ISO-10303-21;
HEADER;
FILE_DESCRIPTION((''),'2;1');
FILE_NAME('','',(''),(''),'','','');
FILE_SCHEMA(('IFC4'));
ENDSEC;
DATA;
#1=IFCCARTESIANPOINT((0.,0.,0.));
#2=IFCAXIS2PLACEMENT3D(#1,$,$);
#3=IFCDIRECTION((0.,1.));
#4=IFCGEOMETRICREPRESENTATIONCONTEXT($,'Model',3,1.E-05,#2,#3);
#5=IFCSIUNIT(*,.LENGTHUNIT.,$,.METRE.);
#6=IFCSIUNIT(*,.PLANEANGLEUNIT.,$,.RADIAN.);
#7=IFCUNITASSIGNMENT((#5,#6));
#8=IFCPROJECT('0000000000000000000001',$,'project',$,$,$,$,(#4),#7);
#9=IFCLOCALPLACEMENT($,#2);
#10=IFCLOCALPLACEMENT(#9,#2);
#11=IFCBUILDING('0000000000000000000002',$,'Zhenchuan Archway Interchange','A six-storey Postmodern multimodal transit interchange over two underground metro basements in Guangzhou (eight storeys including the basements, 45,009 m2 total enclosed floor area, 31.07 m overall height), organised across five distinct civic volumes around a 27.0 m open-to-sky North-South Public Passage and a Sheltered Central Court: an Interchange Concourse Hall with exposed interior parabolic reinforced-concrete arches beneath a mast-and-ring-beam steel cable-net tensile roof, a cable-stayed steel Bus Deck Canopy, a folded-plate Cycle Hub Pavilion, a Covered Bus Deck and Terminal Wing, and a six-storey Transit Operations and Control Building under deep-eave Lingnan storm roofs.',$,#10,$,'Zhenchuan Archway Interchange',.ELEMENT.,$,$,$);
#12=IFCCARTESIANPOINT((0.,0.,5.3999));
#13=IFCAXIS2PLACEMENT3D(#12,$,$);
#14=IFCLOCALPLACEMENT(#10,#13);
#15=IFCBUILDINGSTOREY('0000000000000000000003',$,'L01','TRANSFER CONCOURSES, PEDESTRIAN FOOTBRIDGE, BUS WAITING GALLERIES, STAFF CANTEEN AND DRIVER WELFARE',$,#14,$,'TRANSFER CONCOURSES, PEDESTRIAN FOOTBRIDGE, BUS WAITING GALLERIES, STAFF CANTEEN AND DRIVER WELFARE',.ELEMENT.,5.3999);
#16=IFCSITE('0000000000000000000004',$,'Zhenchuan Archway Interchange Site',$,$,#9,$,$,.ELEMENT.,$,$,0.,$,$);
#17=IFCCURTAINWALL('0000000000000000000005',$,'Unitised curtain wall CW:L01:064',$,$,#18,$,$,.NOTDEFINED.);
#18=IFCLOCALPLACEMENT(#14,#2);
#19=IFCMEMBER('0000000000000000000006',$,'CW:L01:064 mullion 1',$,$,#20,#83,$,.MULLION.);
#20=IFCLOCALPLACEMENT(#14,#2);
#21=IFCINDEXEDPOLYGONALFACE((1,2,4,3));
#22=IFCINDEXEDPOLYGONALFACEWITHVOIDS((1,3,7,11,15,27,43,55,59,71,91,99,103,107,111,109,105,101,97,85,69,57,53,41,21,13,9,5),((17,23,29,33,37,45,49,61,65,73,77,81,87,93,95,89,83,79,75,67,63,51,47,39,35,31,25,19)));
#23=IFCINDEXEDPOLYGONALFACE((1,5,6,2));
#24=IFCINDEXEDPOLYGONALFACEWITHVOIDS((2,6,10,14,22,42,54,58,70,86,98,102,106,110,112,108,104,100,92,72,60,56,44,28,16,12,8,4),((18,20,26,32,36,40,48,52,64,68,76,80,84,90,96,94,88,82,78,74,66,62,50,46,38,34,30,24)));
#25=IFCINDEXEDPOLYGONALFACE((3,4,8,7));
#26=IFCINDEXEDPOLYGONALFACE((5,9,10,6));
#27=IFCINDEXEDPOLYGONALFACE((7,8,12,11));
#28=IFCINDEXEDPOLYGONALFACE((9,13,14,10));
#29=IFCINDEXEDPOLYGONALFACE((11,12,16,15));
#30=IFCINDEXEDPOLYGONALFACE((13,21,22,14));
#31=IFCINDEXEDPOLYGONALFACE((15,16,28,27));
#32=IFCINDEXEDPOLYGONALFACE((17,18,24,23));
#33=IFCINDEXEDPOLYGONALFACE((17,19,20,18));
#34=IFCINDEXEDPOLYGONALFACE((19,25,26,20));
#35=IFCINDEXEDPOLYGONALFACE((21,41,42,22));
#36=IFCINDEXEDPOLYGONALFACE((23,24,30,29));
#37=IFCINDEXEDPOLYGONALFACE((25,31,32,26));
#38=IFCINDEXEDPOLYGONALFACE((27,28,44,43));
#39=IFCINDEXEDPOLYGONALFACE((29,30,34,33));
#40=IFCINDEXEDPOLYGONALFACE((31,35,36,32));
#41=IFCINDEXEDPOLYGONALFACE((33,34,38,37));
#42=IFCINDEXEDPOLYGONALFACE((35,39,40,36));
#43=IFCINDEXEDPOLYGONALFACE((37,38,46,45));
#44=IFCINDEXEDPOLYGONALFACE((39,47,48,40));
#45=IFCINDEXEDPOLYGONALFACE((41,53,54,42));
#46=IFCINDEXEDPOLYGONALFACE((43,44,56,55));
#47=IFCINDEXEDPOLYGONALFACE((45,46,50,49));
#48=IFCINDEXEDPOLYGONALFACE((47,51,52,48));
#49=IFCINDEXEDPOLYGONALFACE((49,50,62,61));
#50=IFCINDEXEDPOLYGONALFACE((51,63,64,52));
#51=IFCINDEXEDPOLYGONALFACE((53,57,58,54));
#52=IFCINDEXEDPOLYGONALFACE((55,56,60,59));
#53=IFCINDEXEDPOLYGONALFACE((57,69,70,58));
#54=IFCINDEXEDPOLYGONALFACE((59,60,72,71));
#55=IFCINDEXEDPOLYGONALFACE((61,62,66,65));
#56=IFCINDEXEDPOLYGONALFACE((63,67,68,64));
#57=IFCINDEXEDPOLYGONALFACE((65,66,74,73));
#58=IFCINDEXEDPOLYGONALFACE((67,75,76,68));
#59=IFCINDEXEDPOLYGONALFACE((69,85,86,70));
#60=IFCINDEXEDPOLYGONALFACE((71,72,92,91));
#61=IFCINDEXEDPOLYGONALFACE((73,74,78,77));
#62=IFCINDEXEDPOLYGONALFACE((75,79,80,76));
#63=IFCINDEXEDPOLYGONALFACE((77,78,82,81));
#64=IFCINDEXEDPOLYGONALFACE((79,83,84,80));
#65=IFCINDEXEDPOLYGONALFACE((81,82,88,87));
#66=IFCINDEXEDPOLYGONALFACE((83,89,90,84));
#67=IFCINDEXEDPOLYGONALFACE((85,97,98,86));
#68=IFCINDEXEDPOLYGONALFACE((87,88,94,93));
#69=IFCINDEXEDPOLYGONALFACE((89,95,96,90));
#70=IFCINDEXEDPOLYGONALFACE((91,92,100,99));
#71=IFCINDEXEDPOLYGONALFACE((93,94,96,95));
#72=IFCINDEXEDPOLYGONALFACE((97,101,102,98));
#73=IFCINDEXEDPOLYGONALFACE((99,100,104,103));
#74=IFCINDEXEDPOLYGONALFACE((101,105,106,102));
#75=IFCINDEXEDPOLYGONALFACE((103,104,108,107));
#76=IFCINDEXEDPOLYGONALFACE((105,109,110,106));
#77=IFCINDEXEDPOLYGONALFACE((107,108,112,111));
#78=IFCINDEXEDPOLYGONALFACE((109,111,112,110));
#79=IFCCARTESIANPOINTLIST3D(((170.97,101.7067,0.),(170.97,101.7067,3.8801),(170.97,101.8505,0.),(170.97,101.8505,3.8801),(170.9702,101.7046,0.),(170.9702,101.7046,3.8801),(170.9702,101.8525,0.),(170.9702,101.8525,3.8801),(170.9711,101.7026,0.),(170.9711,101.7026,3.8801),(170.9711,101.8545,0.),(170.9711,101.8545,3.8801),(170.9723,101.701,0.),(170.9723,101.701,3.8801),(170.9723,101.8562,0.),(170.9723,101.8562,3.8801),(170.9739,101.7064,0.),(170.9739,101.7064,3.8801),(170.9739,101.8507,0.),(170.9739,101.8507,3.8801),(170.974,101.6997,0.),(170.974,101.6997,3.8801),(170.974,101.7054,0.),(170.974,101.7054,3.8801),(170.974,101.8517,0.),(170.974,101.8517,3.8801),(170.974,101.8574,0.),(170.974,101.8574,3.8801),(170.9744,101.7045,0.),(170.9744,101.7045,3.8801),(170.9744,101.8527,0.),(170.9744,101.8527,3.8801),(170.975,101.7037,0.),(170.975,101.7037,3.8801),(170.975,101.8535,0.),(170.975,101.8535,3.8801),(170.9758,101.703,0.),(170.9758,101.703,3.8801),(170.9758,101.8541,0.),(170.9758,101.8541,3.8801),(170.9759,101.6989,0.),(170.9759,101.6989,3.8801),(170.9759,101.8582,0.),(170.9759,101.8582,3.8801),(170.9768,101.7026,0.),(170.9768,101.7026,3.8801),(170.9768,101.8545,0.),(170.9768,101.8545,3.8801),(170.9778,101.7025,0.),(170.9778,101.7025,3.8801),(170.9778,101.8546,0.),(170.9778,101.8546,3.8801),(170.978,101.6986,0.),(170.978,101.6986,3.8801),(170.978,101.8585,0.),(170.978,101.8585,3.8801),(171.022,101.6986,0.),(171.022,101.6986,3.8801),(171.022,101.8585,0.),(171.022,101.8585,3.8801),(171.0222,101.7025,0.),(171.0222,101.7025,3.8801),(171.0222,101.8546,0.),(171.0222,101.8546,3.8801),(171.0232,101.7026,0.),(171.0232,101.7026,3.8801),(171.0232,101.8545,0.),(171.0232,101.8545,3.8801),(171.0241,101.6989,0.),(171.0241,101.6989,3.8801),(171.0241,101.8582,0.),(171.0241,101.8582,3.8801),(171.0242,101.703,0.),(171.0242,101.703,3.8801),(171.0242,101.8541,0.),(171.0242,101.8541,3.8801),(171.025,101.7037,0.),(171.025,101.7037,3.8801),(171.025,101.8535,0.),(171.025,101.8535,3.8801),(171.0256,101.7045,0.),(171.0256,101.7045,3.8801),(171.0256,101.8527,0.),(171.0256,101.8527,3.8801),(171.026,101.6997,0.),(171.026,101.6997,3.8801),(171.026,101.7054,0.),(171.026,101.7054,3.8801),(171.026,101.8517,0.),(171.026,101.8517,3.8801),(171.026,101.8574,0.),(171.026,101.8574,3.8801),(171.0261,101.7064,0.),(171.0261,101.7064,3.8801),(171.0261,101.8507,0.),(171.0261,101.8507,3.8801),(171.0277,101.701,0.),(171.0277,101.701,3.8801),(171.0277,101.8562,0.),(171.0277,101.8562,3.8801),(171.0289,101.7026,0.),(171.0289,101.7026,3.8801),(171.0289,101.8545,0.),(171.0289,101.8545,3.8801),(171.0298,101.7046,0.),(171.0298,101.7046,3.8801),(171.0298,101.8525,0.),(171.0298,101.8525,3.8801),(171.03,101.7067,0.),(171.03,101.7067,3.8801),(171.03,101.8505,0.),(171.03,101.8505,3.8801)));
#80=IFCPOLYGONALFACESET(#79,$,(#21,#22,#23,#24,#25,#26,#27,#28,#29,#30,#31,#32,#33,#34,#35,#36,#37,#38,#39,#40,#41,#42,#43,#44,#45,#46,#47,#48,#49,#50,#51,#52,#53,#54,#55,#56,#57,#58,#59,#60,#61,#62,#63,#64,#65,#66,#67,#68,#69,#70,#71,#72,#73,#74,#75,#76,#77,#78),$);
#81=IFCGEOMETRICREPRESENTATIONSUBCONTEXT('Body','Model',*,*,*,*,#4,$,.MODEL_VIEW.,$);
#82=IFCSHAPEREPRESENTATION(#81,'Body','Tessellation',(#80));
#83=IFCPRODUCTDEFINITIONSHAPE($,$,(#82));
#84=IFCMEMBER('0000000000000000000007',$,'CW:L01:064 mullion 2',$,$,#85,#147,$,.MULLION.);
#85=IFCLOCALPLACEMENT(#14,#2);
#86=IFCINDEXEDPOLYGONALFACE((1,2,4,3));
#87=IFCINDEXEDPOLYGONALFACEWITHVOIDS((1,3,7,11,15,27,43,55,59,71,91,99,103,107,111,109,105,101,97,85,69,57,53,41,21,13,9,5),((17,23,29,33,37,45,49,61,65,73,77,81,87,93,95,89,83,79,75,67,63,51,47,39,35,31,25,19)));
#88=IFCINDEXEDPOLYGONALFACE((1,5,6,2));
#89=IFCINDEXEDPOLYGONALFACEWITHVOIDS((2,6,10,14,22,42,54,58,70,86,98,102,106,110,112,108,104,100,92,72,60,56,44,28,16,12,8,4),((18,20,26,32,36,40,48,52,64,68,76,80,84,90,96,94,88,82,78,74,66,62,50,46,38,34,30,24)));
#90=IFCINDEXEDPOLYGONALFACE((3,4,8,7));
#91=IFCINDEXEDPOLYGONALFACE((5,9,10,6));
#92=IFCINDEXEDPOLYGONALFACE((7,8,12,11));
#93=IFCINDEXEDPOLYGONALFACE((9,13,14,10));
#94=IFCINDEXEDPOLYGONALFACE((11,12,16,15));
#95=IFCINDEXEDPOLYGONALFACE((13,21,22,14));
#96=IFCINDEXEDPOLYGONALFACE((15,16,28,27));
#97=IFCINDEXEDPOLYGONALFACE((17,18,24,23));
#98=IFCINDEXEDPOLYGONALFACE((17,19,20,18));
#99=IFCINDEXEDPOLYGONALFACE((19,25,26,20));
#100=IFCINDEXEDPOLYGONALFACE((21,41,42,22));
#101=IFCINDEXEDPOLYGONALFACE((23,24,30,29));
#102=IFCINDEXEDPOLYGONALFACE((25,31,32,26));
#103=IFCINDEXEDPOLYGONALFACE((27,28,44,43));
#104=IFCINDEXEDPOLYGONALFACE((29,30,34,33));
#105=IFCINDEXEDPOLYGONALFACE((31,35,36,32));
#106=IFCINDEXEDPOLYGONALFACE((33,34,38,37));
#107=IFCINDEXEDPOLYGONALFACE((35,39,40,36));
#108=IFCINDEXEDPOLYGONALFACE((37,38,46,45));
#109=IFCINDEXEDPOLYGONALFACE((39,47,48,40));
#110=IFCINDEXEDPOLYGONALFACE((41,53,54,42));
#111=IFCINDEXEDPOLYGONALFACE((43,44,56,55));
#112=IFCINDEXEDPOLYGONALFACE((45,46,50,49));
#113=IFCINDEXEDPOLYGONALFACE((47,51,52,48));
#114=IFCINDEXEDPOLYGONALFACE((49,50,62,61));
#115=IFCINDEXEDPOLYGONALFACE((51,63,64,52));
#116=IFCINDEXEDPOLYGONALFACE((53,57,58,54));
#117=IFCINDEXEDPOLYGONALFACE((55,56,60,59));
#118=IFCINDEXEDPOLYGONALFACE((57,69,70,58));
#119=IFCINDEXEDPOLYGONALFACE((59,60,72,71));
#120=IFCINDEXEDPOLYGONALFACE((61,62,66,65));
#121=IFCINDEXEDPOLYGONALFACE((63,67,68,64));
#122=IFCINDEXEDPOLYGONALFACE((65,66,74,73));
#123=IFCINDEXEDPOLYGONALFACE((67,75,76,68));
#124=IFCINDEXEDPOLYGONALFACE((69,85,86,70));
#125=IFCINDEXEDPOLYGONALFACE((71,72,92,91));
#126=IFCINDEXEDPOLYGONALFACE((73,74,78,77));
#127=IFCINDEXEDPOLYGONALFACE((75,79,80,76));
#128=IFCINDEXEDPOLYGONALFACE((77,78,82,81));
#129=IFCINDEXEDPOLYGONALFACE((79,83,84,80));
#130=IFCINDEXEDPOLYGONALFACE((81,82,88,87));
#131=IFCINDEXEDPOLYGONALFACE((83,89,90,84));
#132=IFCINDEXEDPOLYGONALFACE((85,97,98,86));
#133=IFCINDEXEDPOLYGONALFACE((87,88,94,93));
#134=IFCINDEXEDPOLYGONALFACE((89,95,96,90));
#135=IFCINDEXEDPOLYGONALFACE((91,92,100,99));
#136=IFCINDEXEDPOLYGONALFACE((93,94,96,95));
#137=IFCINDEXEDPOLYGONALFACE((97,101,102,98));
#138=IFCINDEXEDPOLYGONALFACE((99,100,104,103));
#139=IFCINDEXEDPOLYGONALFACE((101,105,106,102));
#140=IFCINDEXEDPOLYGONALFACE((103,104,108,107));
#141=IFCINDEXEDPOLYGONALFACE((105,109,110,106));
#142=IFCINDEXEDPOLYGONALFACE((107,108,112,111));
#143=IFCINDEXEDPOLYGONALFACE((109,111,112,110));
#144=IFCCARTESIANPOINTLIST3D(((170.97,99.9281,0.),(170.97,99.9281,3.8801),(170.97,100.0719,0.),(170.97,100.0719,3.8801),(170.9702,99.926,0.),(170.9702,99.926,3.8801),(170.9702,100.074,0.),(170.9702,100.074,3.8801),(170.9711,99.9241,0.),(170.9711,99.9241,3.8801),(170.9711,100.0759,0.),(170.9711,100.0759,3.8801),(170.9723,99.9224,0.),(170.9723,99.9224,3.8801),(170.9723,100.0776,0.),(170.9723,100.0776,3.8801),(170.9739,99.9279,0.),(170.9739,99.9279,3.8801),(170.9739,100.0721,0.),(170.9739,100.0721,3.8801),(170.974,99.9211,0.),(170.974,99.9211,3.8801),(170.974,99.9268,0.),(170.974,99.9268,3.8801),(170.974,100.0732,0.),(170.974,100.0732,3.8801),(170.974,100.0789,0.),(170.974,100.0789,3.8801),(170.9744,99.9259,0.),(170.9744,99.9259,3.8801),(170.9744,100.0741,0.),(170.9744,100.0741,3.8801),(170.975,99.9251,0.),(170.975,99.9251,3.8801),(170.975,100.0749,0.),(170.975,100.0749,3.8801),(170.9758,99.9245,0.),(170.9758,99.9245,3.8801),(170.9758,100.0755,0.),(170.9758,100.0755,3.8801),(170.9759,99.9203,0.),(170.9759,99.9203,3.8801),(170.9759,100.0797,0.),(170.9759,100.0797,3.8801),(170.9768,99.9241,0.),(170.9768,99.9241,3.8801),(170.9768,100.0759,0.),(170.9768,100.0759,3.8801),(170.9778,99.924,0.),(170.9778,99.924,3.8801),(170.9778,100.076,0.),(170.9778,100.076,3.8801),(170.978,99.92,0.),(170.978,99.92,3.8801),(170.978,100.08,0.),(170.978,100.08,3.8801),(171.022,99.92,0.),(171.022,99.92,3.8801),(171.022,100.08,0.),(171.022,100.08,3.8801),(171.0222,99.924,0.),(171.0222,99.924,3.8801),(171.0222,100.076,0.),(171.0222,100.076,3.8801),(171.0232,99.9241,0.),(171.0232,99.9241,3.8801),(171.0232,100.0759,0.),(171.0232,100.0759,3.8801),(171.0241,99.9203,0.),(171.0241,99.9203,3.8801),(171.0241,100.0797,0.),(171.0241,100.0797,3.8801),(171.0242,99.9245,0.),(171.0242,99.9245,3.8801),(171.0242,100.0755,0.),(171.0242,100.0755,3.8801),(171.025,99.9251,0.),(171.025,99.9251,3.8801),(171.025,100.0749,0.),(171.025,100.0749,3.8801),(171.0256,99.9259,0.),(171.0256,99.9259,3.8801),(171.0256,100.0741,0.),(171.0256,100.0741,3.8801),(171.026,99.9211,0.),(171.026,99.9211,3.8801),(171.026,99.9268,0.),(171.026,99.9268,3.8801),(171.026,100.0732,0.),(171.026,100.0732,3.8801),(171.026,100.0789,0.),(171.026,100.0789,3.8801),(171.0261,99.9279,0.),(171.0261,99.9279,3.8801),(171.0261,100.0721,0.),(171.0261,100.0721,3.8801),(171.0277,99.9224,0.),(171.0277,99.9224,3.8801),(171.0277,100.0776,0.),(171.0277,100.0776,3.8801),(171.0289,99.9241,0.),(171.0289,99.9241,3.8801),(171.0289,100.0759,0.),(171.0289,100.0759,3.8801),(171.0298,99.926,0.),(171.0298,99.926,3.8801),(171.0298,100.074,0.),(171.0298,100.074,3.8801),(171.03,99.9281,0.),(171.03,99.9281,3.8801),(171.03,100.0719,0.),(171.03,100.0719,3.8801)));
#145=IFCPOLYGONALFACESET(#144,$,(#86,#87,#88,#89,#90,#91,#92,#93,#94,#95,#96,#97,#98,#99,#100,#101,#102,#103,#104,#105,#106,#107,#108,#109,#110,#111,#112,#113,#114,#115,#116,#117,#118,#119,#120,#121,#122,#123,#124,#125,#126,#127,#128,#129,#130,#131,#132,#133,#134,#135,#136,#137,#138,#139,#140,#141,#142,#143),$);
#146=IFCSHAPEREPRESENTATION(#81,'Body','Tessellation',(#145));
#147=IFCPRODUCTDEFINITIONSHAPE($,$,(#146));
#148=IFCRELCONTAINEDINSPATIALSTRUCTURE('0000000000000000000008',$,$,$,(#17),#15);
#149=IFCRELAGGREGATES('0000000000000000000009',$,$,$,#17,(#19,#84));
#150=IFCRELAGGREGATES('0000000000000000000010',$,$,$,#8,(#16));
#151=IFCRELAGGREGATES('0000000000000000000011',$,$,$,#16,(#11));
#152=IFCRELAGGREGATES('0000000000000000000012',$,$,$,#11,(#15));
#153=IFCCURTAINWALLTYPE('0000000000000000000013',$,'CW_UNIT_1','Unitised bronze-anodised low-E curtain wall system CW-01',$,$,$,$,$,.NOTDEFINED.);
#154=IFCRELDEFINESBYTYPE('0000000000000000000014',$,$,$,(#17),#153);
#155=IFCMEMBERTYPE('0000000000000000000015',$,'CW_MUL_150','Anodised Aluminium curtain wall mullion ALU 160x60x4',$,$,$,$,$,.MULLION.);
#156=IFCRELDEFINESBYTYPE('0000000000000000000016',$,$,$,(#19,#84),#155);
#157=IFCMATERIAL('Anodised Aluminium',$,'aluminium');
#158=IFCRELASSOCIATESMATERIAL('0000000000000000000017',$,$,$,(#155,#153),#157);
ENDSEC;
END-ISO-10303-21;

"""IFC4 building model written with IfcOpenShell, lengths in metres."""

from ifc_helpers import new_model, si_unit, direction, frame, origin, origin_2d, place, context, subcontext, project, spatial, hollow_rectangle, extrude, material, material_profile, profile_set, type_object, element, aggregate, save


model = new_model("IFC4")

# Units and contexts
model_context = context("Model", 3, precision=1e-05, world=origin(), true_north=direction((0.0, 1.0)))
body_context = subcontext(model_context, "Body", "Model", "MODEL_VIEW")
ifc_project = project(units=[si_unit("LENGTHUNIT", "METRE"), si_unit("PLANEANGLEUNIT", "RADIAN")], contexts=[model_context])

# Site, building, storey
site_placement = place(None, origin())
site = spatial("IfcSite", under=ifc_project, at=site_placement, Name="Zhenchuan Archway Interchange Site", CompositionType="ELEMENT", RefElevation=0.0)
building_placement = place(site_placement, origin())
building = spatial("IfcBuilding", under=site, at=building_placement, Name="Zhenchuan Archway Interchange", Description="A six-storey Postmodern multimodal transit interchange over two underground metro basements in Guangzhou (eight storeys including the basements, 45,009 m2 total enclosed floor area, 31.07 m overall height), organised across five distinct civic volumes around a 27.0 m open-to-sky North-South Public Passage and a Sheltered Central Court: an Interchange Concourse Hall with exposed interior parabolic reinforced-concrete arches beneath a mast-and-ring-beam steel cable-net tensile roof, a cable-stayed steel Bus Deck Canopy, a folded-plate Cycle Hub Pavilion, a Covered Bus Deck and Terminal Wing, and a six-storey Transit Operations and Control Building under deep-eave Lingnan storm roofs.", LongName="Zhenchuan Archway Interchange", CompositionType="ELEMENT")
storey_placement = place(building_placement, frame((0.0, 0.0, 5.3999)))
storey = spatial("IfcBuildingStorey", under=building, at=storey_placement, Name="L01", Description="TRANSFER CONCOURSES, PEDESTRIAN FOOTBRIDGE, BUS WAITING GALLERIES, STAFF CANTEEN AND DRIVER WELFARE", LongName="TRANSFER CONCOURSES, PEDESTRIAN FOOTBRIDGE, BUS WAITING GALLERIES, STAFF CANTEEN AND DRIVER WELFARE", CompositionType="ELEMENT", Elevation=5.3999)

# Shared definitions
ifc_material_1 = material(Name="Anodised Aluminium", Category="aluminium")
ifc_material_profile_1 = material_profile(ifc_material_1, hollow_rectangle(XDim=0.0601, YDim=0.1599, WallThickness=0.0039, InnerFilletRadius=0.0039, OuterFilletRadius=0.0081, at=origin_2d()), Name="ALU 160x60x4")
ifc_profile_set_1 = profile_set([ifc_material_profile_1], Name="Anodised Aluminium")
member_type_1 = type_object("IfcMemberType", Name="CW_MUL_150", Description="Anodised Aluminium curtain wall mullion ALU 160x60x4", PredefinedType="MULLION", material=ifc_profile_set_1)

# Curtain wall, members
curtain_wall_type_1 = type_object("IfcCurtainWallType", Name="CW_UNIT_1", Description="Unitised bronze-anodised low-E curtain wall system CW-01", PredefinedType="NOTDEFINED", material=ifc_material_1)
curtain_wall_1_placement = place(storey_placement, origin())
curtain_wall_1 = element("IfcCurtainWall", 1, at=curtain_wall_1_placement, inside=storey, type_object=curtain_wall_type_1, Name="Unitised curtain wall CW:L01:064", PredefinedType="NOTDEFINED")
member_1_placement = place(storey_placement, frame((171.0, 101.7786, 0.0), z_axis=(0.0, 0.0, 1.0), x_axis=(1.0, 0.0, 0.0)))
member_1 = element("IfcMember", 2, at=member_1_placement, type_object=member_type_1, Name="CW:L01:064 mullion 1", PredefinedType="MULLION", context=body_context, shape_type="SweptSolid", body=[
    extrude(hollow_rectangle(XDim=0.0601, YDim=0.1599, WallThickness=0.0039, InnerFilletRadius=0.0039, OuterFilletRadius=0.0081, at=origin_2d()), origin(), (0.0, 0.0, 1.0), 3.8801),
])
member_2_placement = place(storey_placement, frame((171.0, 100.0, 0.0), z_axis=(0.0, 0.0, 1.0), x_axis=(1.0, 0.0, 0.0)))
member_2 = element("IfcMember", 3, at=member_2_placement, type_object=member_type_1, Name="CW:L01:064 mullion 2", PredefinedType="MULLION", context=body_context, shape_type="SweptSolid", body=[
    extrude(hollow_rectangle(XDim=0.0601, YDim=0.1599, WallThickness=0.0039, InnerFilletRadius=0.0039, OuterFilletRadius=0.0081, at=origin_2d()), origin(), (0.0, 0.0, 1.0), 3.8801),
])

aggregate(curtain_wall_1, [member_1, member_2])

save(model, "model.ifc")
